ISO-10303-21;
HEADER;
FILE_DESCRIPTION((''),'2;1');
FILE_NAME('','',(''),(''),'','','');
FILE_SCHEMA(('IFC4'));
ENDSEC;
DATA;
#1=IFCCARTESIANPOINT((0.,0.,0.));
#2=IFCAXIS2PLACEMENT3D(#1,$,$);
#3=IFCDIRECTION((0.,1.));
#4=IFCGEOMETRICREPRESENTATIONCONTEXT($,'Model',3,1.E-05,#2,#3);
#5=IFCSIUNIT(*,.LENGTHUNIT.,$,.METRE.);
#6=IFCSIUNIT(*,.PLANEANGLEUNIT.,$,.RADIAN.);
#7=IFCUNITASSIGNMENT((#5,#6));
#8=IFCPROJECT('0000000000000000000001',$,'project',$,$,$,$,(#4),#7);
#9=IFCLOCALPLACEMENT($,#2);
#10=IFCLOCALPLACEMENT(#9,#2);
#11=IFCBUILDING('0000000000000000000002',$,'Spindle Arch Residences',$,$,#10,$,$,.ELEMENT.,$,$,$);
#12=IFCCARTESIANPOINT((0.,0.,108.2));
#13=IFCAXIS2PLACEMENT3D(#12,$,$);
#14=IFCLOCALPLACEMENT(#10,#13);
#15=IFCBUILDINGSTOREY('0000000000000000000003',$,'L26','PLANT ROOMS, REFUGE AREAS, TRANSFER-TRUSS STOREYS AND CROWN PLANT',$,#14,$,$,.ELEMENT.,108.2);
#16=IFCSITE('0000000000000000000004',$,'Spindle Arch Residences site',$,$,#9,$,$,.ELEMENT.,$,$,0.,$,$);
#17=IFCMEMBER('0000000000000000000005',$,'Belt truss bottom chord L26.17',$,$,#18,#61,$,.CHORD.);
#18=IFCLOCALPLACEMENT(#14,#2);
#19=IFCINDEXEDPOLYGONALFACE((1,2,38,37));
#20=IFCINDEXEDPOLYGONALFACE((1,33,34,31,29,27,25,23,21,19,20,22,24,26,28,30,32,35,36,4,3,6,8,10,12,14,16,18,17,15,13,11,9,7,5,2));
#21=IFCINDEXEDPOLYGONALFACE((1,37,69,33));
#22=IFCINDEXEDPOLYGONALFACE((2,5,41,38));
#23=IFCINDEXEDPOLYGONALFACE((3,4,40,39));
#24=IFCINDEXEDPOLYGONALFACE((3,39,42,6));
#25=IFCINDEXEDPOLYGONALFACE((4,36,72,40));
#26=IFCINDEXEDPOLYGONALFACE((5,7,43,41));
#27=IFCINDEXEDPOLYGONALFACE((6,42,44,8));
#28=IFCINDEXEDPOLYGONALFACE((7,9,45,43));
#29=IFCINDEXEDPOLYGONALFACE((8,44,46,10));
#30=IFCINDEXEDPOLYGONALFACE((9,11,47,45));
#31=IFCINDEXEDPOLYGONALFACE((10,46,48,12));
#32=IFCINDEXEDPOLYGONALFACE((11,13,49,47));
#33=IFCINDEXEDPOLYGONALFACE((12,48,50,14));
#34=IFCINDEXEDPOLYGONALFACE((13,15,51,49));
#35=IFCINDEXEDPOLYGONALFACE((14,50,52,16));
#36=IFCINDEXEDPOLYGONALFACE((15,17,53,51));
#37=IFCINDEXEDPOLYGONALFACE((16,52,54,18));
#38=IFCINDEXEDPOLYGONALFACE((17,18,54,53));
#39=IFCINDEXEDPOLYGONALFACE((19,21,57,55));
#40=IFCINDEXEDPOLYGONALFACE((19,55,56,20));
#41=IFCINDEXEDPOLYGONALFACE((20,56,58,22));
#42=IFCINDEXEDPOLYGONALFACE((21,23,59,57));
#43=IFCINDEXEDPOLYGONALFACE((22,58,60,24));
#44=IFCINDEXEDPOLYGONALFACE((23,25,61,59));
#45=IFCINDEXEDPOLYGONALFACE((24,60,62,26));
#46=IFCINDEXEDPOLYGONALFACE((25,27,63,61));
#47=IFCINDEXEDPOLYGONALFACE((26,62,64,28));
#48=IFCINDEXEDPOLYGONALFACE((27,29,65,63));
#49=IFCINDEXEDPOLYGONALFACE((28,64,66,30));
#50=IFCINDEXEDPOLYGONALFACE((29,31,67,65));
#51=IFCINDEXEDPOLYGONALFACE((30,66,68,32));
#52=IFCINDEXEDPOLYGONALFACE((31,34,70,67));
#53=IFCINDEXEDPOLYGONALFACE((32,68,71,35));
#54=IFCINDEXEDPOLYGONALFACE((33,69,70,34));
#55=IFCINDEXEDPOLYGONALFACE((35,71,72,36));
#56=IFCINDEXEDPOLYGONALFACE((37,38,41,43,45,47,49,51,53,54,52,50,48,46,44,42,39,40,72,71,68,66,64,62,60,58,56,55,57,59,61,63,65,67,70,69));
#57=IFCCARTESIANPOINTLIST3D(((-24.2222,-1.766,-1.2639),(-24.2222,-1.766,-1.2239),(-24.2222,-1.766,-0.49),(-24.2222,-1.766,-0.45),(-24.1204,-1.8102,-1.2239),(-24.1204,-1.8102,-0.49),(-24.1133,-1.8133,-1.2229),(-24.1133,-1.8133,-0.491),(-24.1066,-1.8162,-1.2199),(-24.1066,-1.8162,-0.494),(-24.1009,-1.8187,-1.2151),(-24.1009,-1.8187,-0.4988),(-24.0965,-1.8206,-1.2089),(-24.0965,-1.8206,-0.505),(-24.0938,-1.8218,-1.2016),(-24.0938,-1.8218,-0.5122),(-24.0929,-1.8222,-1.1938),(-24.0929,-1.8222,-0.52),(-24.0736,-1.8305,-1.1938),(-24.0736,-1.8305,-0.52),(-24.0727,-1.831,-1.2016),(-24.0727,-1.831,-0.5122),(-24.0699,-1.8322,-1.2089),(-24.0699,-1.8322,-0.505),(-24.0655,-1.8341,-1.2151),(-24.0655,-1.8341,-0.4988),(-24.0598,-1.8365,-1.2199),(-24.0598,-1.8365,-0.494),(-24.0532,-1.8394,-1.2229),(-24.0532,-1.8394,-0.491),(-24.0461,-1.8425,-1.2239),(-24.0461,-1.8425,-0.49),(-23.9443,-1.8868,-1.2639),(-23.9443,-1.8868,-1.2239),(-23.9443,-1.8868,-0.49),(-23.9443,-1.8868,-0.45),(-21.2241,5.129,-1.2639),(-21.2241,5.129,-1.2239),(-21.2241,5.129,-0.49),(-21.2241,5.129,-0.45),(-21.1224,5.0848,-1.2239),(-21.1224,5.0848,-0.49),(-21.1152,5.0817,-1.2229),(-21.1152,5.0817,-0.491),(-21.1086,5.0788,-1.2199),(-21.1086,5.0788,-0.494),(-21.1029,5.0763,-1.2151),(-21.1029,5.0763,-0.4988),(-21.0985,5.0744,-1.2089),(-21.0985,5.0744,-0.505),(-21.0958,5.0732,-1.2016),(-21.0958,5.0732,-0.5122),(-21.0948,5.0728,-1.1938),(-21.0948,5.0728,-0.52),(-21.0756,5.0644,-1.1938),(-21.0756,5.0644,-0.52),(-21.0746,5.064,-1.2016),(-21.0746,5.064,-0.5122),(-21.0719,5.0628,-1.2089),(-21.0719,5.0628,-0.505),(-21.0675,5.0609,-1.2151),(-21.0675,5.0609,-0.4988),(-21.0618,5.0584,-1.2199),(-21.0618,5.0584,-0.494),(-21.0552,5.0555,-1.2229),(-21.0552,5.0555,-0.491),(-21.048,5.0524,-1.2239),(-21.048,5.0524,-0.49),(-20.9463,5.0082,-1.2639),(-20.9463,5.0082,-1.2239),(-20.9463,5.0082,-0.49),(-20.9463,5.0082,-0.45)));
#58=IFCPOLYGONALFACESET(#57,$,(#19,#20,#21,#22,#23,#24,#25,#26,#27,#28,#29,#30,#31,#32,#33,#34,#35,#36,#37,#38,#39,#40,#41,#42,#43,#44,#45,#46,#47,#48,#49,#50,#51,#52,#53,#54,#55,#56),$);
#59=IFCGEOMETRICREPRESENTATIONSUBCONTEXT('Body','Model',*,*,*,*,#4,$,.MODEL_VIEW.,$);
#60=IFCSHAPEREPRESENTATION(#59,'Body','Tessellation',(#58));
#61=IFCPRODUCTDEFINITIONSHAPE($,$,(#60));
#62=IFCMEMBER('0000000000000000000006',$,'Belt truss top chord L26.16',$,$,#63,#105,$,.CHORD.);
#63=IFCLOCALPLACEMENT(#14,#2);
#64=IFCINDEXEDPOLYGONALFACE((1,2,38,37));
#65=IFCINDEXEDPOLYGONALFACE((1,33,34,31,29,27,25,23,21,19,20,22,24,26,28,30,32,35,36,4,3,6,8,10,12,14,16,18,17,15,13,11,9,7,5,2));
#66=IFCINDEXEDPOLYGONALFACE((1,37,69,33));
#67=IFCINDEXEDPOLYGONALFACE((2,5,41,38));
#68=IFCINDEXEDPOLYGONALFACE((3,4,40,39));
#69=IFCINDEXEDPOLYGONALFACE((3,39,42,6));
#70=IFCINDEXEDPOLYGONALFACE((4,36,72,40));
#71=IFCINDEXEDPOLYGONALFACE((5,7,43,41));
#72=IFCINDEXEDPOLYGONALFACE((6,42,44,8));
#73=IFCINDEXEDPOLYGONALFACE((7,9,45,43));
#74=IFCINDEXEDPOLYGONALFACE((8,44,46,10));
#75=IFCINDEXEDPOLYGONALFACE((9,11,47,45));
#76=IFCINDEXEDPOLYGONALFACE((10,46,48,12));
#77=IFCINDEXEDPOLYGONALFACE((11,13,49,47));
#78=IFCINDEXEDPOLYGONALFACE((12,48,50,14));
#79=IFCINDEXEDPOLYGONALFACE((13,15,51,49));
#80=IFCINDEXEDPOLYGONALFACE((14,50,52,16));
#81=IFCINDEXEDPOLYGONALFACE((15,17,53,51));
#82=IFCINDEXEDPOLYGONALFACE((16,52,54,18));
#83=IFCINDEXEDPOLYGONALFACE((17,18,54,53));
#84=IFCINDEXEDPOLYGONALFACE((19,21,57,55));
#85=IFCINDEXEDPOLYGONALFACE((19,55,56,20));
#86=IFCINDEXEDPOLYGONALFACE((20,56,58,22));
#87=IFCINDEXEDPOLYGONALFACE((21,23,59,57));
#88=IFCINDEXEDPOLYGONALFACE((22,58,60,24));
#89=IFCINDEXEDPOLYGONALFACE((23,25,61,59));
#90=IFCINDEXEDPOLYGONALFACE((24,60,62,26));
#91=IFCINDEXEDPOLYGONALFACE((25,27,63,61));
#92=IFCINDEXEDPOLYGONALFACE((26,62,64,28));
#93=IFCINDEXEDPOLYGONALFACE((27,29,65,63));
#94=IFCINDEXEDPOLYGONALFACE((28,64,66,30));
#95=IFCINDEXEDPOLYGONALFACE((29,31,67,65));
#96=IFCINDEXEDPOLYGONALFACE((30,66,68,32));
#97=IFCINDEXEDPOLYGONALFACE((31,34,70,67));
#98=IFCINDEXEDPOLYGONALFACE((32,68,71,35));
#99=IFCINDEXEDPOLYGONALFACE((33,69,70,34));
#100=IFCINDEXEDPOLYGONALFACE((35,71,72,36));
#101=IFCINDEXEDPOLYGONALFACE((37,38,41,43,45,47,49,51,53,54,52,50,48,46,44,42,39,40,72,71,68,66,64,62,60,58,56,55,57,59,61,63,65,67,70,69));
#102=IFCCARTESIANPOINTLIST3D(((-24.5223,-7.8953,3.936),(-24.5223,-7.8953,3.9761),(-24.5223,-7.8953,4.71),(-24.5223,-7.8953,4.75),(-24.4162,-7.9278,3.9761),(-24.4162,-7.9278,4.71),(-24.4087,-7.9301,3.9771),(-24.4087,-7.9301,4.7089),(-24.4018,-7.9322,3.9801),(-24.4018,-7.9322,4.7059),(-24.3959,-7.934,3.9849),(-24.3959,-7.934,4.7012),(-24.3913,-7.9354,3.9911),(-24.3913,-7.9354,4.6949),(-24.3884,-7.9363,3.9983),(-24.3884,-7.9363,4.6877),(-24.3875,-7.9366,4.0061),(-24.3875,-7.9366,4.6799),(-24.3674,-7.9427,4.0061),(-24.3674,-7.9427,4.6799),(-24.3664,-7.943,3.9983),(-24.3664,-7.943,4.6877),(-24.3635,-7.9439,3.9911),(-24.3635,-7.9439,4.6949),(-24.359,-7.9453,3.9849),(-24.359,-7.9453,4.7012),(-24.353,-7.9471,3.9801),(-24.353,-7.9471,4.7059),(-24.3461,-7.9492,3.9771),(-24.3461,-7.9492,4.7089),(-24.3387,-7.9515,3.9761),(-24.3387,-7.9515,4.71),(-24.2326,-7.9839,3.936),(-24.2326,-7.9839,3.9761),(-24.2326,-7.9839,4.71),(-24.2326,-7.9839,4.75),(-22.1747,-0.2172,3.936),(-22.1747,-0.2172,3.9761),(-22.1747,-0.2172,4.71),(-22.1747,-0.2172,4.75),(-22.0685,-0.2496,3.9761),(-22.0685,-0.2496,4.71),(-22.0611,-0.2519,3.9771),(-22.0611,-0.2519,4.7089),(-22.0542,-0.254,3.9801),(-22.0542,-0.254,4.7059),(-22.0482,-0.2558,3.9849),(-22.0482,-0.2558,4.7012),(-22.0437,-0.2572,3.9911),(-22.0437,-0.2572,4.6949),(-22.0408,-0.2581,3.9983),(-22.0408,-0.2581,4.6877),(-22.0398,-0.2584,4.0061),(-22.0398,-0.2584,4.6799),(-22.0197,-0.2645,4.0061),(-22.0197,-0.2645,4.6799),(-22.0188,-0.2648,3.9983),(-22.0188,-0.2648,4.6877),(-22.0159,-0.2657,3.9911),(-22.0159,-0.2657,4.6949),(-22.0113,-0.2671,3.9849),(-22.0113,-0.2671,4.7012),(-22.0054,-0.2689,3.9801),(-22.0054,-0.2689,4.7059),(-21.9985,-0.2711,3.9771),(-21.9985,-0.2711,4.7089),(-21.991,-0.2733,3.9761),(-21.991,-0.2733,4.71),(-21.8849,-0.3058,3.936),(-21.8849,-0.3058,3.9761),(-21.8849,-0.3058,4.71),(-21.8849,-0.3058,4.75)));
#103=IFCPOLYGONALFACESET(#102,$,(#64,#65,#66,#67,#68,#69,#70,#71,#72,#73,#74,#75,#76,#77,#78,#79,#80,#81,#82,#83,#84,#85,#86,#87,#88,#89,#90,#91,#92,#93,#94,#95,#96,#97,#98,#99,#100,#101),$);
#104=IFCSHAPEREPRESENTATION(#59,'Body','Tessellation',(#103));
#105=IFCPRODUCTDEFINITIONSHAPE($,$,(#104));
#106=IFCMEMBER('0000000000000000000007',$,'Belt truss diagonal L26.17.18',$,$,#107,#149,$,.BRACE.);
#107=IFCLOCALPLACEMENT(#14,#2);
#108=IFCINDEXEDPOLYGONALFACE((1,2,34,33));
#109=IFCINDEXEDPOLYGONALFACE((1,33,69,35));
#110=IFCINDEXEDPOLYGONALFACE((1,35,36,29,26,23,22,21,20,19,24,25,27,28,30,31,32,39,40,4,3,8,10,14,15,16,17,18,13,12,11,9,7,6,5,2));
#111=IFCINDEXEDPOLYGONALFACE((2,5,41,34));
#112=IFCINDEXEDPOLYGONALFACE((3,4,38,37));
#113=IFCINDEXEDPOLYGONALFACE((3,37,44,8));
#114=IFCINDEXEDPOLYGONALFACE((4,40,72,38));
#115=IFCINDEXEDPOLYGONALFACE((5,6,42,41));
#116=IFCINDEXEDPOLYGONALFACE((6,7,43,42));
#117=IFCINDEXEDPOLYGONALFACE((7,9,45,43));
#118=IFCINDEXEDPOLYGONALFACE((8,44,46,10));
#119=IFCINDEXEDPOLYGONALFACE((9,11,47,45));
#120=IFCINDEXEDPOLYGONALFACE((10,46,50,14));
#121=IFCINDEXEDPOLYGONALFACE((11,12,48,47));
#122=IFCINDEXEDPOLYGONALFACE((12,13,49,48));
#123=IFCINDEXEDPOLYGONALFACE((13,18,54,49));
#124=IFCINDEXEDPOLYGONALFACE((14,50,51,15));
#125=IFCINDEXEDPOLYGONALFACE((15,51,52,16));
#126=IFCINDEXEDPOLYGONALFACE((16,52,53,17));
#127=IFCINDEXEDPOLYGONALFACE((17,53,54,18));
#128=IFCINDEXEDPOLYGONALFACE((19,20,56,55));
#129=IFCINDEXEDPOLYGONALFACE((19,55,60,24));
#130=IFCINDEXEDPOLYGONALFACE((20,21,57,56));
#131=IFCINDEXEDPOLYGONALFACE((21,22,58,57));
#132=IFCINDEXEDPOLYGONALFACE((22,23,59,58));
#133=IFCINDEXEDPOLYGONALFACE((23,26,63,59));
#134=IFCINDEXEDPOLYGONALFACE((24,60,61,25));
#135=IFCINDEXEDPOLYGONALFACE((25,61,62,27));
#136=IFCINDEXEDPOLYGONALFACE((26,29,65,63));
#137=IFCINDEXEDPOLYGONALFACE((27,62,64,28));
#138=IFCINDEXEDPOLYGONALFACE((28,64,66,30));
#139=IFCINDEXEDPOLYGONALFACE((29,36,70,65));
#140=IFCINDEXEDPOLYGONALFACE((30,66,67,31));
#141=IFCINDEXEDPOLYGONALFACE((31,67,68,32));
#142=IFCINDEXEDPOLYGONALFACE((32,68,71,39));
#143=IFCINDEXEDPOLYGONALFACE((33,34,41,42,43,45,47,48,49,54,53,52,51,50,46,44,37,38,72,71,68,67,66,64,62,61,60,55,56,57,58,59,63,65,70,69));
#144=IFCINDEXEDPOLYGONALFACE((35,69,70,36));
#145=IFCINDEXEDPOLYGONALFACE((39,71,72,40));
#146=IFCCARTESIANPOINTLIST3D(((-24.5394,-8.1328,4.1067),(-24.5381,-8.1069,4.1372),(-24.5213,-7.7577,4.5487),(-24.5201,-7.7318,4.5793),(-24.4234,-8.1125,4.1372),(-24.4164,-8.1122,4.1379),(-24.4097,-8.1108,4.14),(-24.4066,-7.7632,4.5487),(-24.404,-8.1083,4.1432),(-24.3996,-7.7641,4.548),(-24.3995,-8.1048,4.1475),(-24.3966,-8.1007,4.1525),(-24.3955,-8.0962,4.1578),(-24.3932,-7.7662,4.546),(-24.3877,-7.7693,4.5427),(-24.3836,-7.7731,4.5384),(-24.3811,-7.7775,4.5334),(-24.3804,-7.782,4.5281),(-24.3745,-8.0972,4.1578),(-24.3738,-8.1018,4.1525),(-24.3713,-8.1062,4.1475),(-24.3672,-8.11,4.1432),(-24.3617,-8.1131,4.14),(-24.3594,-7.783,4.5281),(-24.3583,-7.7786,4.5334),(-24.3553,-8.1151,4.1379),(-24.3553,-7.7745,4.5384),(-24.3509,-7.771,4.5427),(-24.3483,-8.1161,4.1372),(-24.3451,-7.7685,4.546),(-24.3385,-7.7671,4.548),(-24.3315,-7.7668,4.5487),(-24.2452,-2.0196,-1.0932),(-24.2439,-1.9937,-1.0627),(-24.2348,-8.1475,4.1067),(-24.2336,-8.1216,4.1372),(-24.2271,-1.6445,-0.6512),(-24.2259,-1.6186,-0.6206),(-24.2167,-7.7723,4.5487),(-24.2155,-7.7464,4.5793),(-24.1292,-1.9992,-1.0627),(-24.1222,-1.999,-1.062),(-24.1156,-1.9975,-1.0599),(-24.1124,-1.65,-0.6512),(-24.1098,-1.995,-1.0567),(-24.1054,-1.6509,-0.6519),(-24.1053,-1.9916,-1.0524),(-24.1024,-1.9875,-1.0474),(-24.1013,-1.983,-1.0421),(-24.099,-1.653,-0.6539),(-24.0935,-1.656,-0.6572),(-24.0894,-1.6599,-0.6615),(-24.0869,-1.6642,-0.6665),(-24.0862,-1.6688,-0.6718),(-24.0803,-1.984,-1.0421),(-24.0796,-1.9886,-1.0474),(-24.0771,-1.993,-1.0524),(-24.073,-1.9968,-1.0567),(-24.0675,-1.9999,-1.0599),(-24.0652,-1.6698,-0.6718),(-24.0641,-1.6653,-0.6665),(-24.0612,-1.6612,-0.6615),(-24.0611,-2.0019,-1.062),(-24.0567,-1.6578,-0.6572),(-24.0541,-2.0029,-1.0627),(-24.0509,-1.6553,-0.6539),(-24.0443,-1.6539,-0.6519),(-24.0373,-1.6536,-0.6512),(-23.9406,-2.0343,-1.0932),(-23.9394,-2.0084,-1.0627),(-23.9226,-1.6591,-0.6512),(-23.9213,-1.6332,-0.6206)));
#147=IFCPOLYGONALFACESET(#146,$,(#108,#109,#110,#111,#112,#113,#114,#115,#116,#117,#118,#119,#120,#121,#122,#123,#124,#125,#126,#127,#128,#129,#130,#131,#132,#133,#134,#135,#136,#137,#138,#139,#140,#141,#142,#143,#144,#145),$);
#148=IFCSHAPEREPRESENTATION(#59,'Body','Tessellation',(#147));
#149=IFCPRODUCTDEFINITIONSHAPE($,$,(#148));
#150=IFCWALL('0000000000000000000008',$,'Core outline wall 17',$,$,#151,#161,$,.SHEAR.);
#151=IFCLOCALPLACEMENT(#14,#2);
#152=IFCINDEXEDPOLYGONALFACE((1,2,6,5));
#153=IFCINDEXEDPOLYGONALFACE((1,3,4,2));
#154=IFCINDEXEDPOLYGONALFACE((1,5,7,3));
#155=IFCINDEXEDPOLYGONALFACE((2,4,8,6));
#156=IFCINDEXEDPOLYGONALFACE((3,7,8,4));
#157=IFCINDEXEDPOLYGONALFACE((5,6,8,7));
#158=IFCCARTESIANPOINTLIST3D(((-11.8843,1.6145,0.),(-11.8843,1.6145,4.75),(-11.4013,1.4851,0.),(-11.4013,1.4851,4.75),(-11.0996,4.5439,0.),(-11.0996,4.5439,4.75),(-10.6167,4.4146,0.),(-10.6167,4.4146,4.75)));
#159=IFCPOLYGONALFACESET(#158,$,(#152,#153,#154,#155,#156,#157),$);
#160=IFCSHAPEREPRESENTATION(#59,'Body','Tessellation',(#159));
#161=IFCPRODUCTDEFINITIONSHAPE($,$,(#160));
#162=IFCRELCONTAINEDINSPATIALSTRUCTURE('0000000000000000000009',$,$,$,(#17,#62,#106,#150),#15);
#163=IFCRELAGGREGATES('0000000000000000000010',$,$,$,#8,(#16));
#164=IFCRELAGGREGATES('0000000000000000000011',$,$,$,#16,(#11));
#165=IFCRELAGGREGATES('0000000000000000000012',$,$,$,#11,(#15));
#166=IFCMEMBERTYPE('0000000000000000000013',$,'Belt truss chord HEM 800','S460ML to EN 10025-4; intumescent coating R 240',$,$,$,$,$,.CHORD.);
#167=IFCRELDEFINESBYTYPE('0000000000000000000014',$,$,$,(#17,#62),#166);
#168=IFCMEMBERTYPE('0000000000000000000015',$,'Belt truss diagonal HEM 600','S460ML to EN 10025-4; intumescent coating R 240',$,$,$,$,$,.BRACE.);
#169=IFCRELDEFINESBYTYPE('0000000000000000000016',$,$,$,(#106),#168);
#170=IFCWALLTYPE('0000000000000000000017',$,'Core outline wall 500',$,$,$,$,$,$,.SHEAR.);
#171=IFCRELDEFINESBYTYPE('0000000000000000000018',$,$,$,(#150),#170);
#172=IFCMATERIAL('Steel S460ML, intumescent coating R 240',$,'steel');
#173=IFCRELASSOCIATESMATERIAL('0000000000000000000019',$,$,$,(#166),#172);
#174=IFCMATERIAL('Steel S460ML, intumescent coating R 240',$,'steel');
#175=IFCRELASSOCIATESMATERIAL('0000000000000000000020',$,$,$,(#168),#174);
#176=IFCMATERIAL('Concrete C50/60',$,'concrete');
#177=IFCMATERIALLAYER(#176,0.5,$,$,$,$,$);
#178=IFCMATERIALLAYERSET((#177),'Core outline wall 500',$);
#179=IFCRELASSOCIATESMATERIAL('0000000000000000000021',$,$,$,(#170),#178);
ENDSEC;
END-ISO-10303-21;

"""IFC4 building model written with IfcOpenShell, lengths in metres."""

from ifc_helpers import new_model, si_unit, direction, frame, frame_2d, origin, origin_2d, place, context, subcontext, project, spatial, rectangle, i_section, extrude, material, layer, layer_set, material_profile, profile_set, type_object, element, save


model = new_model("IFC4")

# Units and contexts
model_context = context("Model", 3, precision=1e-05, world=origin(), true_north=direction((0.0, 1.0)))
body_context = subcontext(model_context, "Body", "Model", "MODEL_VIEW")
ifc_project = project(units=[si_unit("LENGTHUNIT", "METRE"), si_unit("PLANEANGLEUNIT", "RADIAN")], contexts=[model_context])

# Site, building, storey
site_placement = place(None, origin())
site = spatial("IfcSite", under=ifc_project, at=site_placement, Name="Spindle Arch Residences site", CompositionType="ELEMENT", RefElevation=0.0)
building_placement = place(site_placement, origin())
building = spatial("IfcBuilding", under=site, at=building_placement, Name="Spindle Arch Residences", CompositionType="ELEMENT")
storey_placement = place(building_placement, frame((0.0, 0.0, 108.2)))
storey = spatial("IfcBuildingStorey", under=building, at=storey_placement, Name="L26", Description="PLANT ROOMS, REFUGE AREAS, TRANSFER-TRUSS STOREYS AND CROWN PLANT", CompositionType="ELEMENT", Elevation=108.2)

# Members
ifc_material_1 = material(Name="Steel S460ML, intumescent coating R 240", Category="steel")
ifc_material_profile_1 = material_profile(ifc_material_1, i_section(OverallWidth=0.303, OverallDepth=0.814, WebThickness=0.021, FlangeThickness=0.04, FilletRadius=0.03, at=origin_2d()), Name="HEM 800")
ifc_profile_set_1 = profile_set([ifc_material_profile_1], Name="Steel S460ML, intumescent coating R 240")
member_type_1 = type_object("IfcMemberType", Name="Belt truss chord HEM 800", Description="S460ML to EN 10025-4; intumescent coating R 240", PredefinedType="CHORD", material=ifc_profile_set_1)
member_1_placement = place(storey_placement, frame((-21.0852, 5.0686, -0.8569), z_axis=(-0.39875, -0.91706, 0.0), x_axis=(0.91706, -0.39875, 0.0)))
element("IfcMember", 1, at=member_1_placement, inside=storey, type_object=member_type_1, Name="Belt truss bottom chord L26.17", PredefinedType="CHORD", context=body_context, shape_type="SweptSolid", body=[
    extrude(i_section(OverallWidth=0.303, OverallDepth=0.814, WebThickness=0.021, FlangeThickness=0.04, FilletRadius=0.03, at=origin_2d()), origin(), (0.0, 0.0, 1.0), 7.5186),
])
member_2_placement = place(storey_placement, frame((-22.0298, -0.2615, 4.343), z_axis=(-0.292393, -0.956298, 0.0), x_axis=(0.956298, -0.292393, 0.0)))
element("IfcMember", 2, at=member_2_placement, inside=storey, type_object=member_type_1, Name="Belt truss top chord L26.16", PredefinedType="CHORD", context=body_context, shape_type="SweptSolid", body=[
    extrude(i_section(OverallWidth=0.303, OverallDepth=0.814, WebThickness=0.021, FlangeThickness=0.04, FilletRadius=0.03, at=origin_2d()), origin(), (0.0, 0.0, 1.0), 8.0291),
])
ifc_material_2 = material(Name="Steel S460ML, intumescent coating R 240", Category="steel")
ifc_material_profile_2 = material_profile(ifc_material_2, i_section(OverallWidth=0.3049, OverallDepth=0.6201, WebThickness=0.021, FlangeThickness=0.04, FilletRadius=0.0271, at=origin_2d()), Name="HEM 600")
ifc_profile_set_2 = profile_set([ifc_material_profile_2], Name="Steel S460ML, intumescent coating R 240")
member_type_2 = type_object("IfcMemberType", Name="Belt truss diagonal HEM 600", Description="S460ML to EN 10025-4; intumescent coating R 240", PredefinedType="BRACE", material=ifc_profile_set_2)
member_3_placement = place(storey_placement, frame((-24.0833, -1.8264, -0.8569), z_axis=(-0.036631, -0.761203, 0.647478), x_axis=(0.998844, -0.048067, 0.0)))
element("IfcMember", 3, at=member_3_placement, inside=storey, type_object=member_type_2, Name="Belt truss diagonal L26.17.18", PredefinedType="BRACE", context=body_context, shape_type="SweptSolid", body=[
    extrude(i_section(OverallWidth=0.3049, OverallDepth=0.6201, WebThickness=0.021, FlangeThickness=0.04, FilletRadius=0.0271, at=origin_2d()), origin(), (0.0, 0.0, 1.0), 8.031),
])

# Wall
ifc_material_3 = material(Name="Concrete C50/60", Category="concrete")
ifc_layer_1 = layer(ifc_material_3, 0.5)
ifc_layer_set_1 = layer_set([ifc_layer_1], Name="Core outline wall 500")
wall_type_1 = type_object("IfcWallType", Name="Core outline wall 500", PredefinedType="SHEAR", material=ifc_layer_set_1)
wall_1_placement = place(storey_placement, frame((-10.8582, 4.4792, 0.0), z_axis=(0.0, 0.0, 1.0), x_axis=(-0.258735, -0.965948, 0.0)))
element("IfcWall", 4, at=wall_1_placement, inside=storey, type_object=wall_type_1, Name="Core outline wall 17", PredefinedType="SHEAR", context=body_context, shape_type="SweptSolid", body=[
    extrude(rectangle(XDim=3.0327, YDim=0.5, at=frame_2d((1.5164, 0.0))), origin(), (0.0, 0.0, 1.0), 4.75),
])

save(model, "model.ifc")
